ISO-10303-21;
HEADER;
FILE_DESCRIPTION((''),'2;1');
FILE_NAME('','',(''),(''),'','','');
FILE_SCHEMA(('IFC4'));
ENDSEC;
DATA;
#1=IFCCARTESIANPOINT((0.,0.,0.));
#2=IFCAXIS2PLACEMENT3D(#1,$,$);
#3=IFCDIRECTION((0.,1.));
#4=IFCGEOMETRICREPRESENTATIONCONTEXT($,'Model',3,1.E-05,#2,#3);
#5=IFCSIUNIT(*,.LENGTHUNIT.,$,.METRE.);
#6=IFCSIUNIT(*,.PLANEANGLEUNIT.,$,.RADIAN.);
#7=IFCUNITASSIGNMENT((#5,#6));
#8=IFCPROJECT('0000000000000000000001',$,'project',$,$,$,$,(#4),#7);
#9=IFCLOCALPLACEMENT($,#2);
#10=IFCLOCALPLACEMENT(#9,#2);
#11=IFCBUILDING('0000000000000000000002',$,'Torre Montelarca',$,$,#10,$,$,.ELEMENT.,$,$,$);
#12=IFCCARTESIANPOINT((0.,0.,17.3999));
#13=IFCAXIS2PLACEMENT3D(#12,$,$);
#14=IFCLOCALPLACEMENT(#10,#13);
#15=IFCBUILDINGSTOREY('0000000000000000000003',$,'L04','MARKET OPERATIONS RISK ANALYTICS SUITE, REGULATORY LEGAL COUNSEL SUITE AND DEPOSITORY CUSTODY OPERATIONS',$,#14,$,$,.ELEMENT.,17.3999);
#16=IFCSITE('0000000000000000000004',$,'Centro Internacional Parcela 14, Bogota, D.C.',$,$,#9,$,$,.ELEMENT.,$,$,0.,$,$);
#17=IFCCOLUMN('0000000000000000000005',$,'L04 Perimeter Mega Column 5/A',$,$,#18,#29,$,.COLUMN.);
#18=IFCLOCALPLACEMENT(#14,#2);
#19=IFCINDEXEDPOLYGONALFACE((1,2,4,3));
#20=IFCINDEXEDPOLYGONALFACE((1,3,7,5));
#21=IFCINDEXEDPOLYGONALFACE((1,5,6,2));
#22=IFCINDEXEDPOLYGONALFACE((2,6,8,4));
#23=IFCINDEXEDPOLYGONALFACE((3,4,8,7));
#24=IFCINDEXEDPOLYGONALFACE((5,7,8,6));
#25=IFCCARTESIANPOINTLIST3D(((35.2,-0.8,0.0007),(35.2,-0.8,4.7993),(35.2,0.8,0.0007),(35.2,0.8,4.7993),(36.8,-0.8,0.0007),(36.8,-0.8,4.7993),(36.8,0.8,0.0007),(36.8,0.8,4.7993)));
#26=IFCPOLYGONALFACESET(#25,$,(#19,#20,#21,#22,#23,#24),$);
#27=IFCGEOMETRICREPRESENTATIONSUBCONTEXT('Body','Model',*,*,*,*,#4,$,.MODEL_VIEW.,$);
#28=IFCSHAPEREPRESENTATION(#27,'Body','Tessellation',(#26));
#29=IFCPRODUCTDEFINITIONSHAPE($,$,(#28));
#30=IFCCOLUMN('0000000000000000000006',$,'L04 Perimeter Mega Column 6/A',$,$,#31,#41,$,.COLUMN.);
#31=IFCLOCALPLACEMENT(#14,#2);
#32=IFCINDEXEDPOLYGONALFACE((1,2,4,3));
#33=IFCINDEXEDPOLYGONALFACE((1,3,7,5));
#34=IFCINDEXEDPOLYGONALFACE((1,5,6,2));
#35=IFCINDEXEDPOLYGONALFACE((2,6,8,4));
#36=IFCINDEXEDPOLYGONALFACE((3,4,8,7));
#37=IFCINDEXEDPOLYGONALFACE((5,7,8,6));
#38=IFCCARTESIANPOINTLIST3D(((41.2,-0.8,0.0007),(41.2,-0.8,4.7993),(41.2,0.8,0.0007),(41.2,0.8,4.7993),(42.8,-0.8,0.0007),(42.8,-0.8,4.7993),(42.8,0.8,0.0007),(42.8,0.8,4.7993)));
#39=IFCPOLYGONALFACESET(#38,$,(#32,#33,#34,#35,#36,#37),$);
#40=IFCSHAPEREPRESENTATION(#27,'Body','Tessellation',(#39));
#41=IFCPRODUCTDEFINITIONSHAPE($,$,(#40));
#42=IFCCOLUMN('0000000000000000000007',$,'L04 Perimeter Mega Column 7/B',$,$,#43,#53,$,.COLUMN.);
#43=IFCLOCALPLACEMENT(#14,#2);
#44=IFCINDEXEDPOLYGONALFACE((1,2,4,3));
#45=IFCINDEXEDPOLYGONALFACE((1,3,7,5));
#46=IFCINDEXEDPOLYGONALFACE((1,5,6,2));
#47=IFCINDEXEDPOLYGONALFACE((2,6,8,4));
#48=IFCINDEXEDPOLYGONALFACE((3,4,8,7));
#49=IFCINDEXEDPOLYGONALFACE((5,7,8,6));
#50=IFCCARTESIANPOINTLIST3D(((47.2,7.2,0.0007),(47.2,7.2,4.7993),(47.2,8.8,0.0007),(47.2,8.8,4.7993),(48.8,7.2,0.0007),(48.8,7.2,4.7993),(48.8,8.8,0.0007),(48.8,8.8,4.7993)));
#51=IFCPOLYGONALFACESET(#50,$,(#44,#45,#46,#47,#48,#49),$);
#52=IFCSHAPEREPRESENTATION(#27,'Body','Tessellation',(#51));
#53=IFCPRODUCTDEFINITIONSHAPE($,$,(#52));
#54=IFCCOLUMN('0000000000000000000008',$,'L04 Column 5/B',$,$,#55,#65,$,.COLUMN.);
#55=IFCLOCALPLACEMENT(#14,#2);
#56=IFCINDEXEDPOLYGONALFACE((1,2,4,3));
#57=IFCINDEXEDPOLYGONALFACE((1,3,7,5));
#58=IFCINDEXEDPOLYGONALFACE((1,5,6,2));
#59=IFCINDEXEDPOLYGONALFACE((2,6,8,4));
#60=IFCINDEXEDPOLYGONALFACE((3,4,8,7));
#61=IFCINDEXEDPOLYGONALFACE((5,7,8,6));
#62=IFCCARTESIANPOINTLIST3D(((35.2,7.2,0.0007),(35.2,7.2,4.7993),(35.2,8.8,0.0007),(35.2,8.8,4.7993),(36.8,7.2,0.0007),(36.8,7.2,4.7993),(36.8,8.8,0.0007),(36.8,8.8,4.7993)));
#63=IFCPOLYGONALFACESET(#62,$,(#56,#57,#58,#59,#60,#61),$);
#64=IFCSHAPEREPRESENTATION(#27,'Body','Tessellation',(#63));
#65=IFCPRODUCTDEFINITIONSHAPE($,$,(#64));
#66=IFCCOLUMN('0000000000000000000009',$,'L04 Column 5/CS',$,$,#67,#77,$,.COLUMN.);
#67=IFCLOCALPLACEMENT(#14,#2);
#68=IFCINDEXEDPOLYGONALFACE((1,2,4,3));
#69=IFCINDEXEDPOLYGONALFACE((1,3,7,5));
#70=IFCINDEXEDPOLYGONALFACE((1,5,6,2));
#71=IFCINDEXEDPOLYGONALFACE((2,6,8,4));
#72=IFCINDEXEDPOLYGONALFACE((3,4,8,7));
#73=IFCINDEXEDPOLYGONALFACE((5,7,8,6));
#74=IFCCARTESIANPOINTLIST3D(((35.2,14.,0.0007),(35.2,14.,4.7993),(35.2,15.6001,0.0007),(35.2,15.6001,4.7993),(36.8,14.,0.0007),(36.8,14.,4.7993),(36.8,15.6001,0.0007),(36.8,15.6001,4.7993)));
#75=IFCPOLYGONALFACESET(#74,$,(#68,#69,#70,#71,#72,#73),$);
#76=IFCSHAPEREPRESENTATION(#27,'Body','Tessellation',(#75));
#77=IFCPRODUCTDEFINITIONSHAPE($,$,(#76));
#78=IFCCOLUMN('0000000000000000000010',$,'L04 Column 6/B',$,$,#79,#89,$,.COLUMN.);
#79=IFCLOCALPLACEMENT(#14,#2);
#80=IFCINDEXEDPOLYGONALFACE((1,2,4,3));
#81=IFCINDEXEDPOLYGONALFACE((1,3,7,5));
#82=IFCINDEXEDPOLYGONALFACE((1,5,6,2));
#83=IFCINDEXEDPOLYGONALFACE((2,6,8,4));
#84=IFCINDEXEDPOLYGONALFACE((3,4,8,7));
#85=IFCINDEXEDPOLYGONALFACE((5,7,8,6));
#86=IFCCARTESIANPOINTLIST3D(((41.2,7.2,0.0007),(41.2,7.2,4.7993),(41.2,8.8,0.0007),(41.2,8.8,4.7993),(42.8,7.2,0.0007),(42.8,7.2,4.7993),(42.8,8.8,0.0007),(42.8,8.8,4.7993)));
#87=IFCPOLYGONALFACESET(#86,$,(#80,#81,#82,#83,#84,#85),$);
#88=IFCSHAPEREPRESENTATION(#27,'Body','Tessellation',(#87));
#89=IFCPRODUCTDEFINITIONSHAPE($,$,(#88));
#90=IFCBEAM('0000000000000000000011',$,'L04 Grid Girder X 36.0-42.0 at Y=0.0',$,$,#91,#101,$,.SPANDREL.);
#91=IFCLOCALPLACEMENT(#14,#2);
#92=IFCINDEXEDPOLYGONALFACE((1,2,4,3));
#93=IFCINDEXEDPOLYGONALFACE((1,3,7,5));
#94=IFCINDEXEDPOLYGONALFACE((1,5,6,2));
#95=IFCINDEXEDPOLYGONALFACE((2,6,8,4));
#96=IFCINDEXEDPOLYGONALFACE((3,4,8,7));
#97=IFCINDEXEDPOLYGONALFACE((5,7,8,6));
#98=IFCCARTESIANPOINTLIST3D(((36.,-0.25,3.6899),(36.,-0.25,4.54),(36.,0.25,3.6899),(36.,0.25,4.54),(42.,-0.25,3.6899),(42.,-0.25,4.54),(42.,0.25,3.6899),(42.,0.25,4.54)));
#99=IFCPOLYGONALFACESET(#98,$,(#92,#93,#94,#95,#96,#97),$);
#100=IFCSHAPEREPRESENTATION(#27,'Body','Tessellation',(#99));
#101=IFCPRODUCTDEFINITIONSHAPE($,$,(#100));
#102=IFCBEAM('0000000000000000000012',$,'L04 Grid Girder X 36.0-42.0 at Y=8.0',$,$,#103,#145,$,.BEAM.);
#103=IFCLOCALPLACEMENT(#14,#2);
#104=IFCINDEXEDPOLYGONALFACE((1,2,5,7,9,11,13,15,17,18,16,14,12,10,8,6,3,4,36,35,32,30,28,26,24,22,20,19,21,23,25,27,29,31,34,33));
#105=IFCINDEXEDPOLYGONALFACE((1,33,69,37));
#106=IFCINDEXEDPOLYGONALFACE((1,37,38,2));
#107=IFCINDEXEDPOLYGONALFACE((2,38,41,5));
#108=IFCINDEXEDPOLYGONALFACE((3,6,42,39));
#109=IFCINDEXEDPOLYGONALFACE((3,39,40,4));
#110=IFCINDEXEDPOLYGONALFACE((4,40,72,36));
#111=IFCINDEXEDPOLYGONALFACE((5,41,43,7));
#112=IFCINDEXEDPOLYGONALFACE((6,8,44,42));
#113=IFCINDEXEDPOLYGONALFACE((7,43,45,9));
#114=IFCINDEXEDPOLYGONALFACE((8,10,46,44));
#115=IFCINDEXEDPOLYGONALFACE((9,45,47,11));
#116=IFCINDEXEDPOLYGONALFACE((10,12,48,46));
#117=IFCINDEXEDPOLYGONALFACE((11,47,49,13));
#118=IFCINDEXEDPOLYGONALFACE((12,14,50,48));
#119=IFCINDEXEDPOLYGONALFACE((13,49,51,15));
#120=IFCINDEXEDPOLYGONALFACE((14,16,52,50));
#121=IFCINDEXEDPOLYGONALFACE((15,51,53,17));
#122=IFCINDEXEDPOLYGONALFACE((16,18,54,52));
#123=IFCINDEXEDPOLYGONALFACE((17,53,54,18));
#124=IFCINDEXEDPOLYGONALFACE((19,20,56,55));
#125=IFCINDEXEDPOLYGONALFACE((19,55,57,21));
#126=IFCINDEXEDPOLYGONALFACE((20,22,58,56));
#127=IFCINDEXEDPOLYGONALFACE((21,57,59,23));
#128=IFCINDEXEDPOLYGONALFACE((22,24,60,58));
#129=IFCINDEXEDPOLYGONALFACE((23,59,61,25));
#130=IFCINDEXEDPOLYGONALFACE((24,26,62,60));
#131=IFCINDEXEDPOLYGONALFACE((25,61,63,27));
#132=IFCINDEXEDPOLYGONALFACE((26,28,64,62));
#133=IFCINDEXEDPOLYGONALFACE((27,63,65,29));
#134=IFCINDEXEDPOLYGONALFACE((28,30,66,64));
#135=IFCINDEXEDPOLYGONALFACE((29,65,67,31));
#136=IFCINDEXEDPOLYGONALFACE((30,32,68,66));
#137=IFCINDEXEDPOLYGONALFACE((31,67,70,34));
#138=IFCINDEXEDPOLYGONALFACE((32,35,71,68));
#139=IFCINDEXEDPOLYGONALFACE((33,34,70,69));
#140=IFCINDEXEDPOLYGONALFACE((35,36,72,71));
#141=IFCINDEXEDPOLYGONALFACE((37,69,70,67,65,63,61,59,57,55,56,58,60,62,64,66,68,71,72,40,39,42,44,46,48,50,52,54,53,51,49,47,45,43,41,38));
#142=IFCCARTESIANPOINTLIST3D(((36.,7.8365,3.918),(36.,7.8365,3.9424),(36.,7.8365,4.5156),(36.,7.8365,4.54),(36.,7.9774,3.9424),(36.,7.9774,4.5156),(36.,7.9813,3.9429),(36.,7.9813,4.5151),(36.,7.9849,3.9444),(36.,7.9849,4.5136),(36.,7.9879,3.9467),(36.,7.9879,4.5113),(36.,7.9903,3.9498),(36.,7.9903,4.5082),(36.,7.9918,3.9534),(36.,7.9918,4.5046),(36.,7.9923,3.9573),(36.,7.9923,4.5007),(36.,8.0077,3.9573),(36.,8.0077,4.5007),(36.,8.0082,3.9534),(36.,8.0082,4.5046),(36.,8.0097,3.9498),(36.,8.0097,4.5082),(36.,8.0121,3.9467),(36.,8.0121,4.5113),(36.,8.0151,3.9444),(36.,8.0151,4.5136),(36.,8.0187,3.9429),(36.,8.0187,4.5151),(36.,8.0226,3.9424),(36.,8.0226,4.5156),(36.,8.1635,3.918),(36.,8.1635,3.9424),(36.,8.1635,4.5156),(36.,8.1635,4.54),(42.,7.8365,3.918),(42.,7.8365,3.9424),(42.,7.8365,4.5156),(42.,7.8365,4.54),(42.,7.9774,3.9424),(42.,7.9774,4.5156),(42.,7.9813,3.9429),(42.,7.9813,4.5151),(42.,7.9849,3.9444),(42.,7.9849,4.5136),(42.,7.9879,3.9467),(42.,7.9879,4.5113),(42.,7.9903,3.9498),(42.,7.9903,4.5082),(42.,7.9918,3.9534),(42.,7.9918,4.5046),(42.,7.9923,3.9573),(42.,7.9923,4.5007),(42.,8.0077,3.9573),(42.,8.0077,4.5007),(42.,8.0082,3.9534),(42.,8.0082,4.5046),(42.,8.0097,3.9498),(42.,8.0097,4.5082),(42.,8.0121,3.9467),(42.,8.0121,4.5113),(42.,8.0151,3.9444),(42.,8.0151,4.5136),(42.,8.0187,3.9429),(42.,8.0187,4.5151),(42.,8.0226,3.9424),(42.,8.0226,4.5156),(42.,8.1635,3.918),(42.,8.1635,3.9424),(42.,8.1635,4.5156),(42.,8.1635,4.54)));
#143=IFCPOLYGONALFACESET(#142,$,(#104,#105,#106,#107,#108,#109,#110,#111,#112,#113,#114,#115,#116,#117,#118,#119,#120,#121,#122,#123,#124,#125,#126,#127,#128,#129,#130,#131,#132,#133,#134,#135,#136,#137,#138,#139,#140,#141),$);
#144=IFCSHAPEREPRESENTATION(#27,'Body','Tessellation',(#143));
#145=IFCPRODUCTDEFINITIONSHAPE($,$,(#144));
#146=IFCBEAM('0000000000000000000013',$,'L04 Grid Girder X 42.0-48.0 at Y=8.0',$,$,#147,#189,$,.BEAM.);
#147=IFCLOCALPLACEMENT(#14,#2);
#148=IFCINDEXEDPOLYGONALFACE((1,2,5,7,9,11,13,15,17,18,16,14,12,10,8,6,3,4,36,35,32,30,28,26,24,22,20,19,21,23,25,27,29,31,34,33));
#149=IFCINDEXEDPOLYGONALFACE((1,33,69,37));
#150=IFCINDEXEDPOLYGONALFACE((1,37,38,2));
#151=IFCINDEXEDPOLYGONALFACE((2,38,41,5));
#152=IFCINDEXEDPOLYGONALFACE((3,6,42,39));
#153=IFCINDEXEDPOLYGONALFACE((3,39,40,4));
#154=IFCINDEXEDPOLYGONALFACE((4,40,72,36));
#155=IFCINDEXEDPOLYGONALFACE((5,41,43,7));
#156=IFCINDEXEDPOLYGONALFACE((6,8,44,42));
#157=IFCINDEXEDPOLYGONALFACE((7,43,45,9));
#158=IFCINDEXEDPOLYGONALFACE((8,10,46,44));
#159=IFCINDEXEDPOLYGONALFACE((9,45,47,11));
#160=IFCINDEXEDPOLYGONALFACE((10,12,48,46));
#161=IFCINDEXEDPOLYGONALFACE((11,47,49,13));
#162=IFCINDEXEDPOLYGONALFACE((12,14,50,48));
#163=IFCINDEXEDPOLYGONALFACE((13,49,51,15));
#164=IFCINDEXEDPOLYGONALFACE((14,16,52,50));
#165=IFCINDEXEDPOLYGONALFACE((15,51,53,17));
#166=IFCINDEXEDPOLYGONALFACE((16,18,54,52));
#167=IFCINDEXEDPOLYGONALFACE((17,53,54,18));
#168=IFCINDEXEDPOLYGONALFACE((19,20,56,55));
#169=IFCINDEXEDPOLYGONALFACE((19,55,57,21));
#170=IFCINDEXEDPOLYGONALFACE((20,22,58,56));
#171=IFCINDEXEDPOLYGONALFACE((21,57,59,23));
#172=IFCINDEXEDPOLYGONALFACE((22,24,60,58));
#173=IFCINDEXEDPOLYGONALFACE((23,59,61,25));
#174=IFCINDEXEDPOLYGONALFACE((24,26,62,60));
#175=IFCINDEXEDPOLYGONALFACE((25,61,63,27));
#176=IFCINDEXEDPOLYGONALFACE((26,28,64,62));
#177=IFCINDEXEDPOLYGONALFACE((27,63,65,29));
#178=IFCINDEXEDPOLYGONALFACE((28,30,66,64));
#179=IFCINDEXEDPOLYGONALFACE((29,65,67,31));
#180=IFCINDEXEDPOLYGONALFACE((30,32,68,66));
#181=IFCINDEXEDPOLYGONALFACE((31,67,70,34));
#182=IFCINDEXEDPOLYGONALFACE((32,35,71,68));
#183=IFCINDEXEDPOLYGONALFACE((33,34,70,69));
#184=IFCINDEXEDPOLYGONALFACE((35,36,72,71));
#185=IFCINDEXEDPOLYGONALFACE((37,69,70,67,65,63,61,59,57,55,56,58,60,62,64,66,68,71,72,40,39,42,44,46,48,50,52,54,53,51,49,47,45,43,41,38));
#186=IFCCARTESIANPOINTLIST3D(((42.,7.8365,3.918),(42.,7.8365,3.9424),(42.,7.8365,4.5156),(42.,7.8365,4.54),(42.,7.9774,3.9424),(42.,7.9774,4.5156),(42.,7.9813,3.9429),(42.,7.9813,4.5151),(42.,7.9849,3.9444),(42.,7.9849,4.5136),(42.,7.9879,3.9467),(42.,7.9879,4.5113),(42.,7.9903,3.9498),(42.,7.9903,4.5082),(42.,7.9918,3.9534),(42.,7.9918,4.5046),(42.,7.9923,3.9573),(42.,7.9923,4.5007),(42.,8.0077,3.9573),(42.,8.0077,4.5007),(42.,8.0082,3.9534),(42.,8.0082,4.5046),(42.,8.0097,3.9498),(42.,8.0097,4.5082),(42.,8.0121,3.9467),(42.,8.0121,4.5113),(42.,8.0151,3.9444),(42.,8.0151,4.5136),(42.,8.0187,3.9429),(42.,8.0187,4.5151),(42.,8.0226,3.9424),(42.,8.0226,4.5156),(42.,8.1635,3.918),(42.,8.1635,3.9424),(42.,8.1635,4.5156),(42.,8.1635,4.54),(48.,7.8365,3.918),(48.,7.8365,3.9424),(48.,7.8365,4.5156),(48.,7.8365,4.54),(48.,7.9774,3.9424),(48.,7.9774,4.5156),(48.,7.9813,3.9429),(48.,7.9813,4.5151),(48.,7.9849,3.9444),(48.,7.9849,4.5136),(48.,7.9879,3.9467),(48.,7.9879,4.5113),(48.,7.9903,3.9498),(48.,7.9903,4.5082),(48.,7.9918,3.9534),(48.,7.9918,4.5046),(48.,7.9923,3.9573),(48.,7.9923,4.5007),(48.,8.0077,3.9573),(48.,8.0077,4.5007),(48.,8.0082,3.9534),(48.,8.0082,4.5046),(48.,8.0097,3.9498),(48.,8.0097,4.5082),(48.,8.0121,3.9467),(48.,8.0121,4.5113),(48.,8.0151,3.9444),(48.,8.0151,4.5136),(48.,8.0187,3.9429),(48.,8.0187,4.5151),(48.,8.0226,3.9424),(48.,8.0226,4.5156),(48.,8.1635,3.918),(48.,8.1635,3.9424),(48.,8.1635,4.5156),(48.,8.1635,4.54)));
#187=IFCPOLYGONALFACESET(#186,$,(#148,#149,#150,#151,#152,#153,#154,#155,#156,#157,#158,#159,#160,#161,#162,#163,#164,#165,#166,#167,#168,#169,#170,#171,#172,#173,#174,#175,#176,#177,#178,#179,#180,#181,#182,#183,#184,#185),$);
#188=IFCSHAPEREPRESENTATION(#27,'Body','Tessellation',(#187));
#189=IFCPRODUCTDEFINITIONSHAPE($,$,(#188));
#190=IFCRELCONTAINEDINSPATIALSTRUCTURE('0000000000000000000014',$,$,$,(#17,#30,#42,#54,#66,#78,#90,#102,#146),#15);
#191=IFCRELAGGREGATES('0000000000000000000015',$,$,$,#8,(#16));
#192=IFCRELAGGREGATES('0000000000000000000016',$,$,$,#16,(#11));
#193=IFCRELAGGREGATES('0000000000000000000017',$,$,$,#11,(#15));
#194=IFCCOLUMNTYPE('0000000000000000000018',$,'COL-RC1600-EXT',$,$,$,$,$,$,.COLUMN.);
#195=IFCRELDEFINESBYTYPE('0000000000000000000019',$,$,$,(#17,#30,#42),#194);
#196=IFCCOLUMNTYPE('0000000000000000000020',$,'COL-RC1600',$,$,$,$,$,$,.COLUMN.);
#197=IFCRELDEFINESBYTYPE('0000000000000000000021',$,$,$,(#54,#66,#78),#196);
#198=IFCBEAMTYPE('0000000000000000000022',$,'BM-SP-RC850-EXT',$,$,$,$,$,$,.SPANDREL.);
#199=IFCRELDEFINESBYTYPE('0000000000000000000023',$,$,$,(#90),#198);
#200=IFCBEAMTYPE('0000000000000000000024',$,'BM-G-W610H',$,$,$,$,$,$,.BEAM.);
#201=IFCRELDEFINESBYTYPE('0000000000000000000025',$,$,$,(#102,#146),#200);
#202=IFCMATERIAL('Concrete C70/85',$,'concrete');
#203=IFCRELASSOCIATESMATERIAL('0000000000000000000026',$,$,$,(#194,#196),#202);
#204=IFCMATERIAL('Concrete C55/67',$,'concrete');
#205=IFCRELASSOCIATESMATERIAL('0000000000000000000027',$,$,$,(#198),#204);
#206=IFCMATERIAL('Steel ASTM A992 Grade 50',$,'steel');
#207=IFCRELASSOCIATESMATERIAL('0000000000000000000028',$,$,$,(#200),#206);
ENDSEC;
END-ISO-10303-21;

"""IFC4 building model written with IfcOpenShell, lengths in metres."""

from ifc_helpers import new_model, si_unit, direction, frame, origin, origin_2d, place, context, subcontext, project, spatial, rectangle, i_section, extrude, source, transform, mapped, material, material_profile, profile_set, type_object, element, save


model = new_model("IFC4")

# Units and contexts
model_context = context("Model", 3, precision=1e-05, world=origin(), true_north=direction((0.0, 1.0)))
body_context = subcontext(model_context, "Body", "Model", "MODEL_VIEW")
ifc_project = project(units=[si_unit("LENGTHUNIT", "METRE"), si_unit("PLANEANGLEUNIT", "RADIAN")], contexts=[model_context])

# Site, building, storey
site_placement = place(None, origin())
site = spatial("IfcSite", under=ifc_project, at=site_placement, Name="Centro Internacional Parcela 14, Bogota, D.C.", CompositionType="ELEMENT", RefElevation=0.0)
building_placement = place(site_placement, origin())
building = spatial("IfcBuilding", under=site, at=building_placement, Name="Torre Montelarca", CompositionType="ELEMENT")
storey_placement = place(building_placement, frame((0.0, 0.0, 17.3999)))
storey = spatial("IfcBuildingStorey", under=building, at=storey_placement, Name="L04", Description="MARKET OPERATIONS RISK ANALYTICS SUITE, REGULATORY LEGAL COUNSEL SUITE AND DEPOSITORY CUSTODY OPERATIONS", CompositionType="ELEMENT", Elevation=17.3999)

# Columns
ifc_material_1 = material(Name="Concrete C70/85", Category="concrete")
ifc_material_profile_1 = material_profile(ifc_material_1, rectangle(XDim=1.6001, YDim=1.6001, at=origin_2d()), Name="RC1600X1600", Category="concrete")
ifc_profile_set_1 = profile_set([ifc_material_profile_1], Name="Concrete C70/85")
column_type_1 = type_object("IfcColumnType", Name="COL-RC1600-EXT", PredefinedType="COLUMN", material=ifc_profile_set_1)
shared_shape_1 = source(origin(), body_context, "Body", "SweptSolid", [
    extrude(rectangle(XDim=1.6001, YDim=1.6001, at=origin_2d()), origin(), (0.0, 0.0, 1.0), 4.7986),
])
for number, where, z_axis, x_axis, name in (
    (1, (36.0, 0.0, 0.0007), (0.0, 0.0, 1.0), (1.0, 0.0, 0.0), "L04 Perimeter Mega Column 5/A"),
    (2, (42.0, 0.0, 0.0007), (0.0, 0.0, 1.0), (1.0, 0.0, 0.0), "L04 Perimeter Mega Column 6/A"),
    (3, (48.0, 8.0, 0.0007), (0.0, 0.0, 1.0), (1.0, 0.0, 0.0), "L04 Perimeter Mega Column 7/B"),
):
    element("IfcColumn", number, at=place(storey_placement, frame(where, z_axis=z_axis, x_axis=x_axis)), inside=storey, type_object=column_type_1, Name=name, PredefinedType="COLUMN", context=body_context, shape_type="MappedRepresentation", body=[
        mapped(shared_shape_1, transform((0.0, 0.0, 0.0), scale=1.0)),
    ])
ifc_material_profile_2 = material_profile(ifc_material_1, rectangle(XDim=1.6001, YDim=1.6001, at=origin_2d()), Name="RC1600X1600", Category="concrete")
ifc_profile_set_2 = profile_set([ifc_material_profile_2], Name="Concrete C70/85")
column_type_2 = type_object("IfcColumnType", Name="COL-RC1600", PredefinedType="COLUMN", material=ifc_profile_set_2)
shared_shape_2 = source(origin(), body_context, "Body", "SweptSolid", [
    extrude(rectangle(XDim=1.6001, YDim=1.6001, at=origin_2d()), origin(), (0.0, 0.0, 1.0), 4.7986),
])
for number, where, z_axis, x_axis, name in (
    (4, (36.0, 8.0, 0.0007), (0.0, 0.0, 1.0), (1.0, 0.0, 0.0), "L04 Column 5/B"),
    (5, (36.0, 14.8, 0.0007), (0.0, 0.0, 1.0), (1.0, 0.0, 0.0), "L04 Column 5/CS"),
    (6, (42.0, 8.0, 0.0007), (0.0, 0.0, 1.0), (1.0, 0.0, 0.0), "L04 Column 6/B"),
):
    element("IfcColumn", number, at=place(storey_placement, frame(where, z_axis=z_axis, x_axis=x_axis)), inside=storey, type_object=column_type_2, Name=name, PredefinedType="COLUMN", context=body_context, shape_type="MappedRepresentation", body=[
        mapped(shared_shape_2, transform((0.0, 0.0, 0.0), scale=1.0)),
    ])

# Beams
ifc_material_2 = material(Name="Concrete C55/67", Category="concrete")
ifc_material_profile_3 = material_profile(ifc_material_2, rectangle(XDim=0.5, YDim=0.8501, at=origin_2d()), Name="RCB500X850", Category="concrete")
ifc_profile_set_3 = profile_set([ifc_material_profile_3], Name="Concrete C55/67")
beam_type_1 = type_object("IfcBeamType", Name="BM-SP-RC850-EXT", PredefinedType="SPANDREL", material=ifc_profile_set_3)
shared_shape_3 = source(origin(), body_context, "Body", "SweptSolid", [
    extrude(rectangle(XDim=0.5, YDim=0.8501, at=origin_2d()), origin(), (0.0, 0.0, 1.0), 6.0),
])
beam_1_placement = place(storey_placement, frame((36.0, 0.0, 4.115), z_axis=(1.0, 0.0, 0.0), x_axis=(0.0, 1.0, 0.0)))
element("IfcBeam", 7, at=beam_1_placement, inside=storey, type_object=beam_type_1, Name="L04 Grid Girder X 36.0-42.0 at Y=0.0", PredefinedType="SPANDREL", context=body_context, shape_type="MappedRepresentation", body=[
    mapped(shared_shape_3, transform((0.0, 0.0, 0.0), scale=1.0)),
])
ifc_material_3 = material(Name="Steel ASTM A992 Grade 50", Category="steel")
ifc_material_profile_4 = material_profile(ifc_material_3, i_section(OverallWidth=0.3269, OverallDepth=0.6221, WebThickness=0.0154, FlangeThickness=0.0244, FilletRadius=0.0149, at=origin_2d()), Name="W610X195", Category="steel")
ifc_profile_set_4 = profile_set([ifc_material_profile_4], Name="Steel ASTM A992 Grade 50")
beam_type_2 = type_object("IfcBeamType", Name="BM-G-W610H", PredefinedType="BEAM", material=ifc_profile_set_4)
shared_shape_4 = source(origin(), body_context, "Body", "SweptSolid", [
    extrude(i_section(OverallWidth=0.3269, OverallDepth=0.6221, WebThickness=0.0154, FlangeThickness=0.0244, FilletRadius=0.0149, at=origin_2d()), origin(), (0.0, 0.0, 1.0), 6.0),
])
for number, where, z_axis, x_axis, name in (
    (8, (36.0, 8.0, 4.229), (1.0, 0.0, 0.0), (0.0, 1.0, 0.0), "L04 Grid Girder X 36.0-42.0 at Y=8.0"),
    (9, (42.0, 8.0, 4.229), (1.0, 0.0, 0.0), (0.0, 1.0, 0.0), "L04 Grid Girder X 42.0-48.0 at Y=8.0"),
):
    element("IfcBeam", number, at=place(storey_placement, frame(where, z_axis=z_axis, x_axis=x_axis)), inside=storey, type_object=beam_type_2, Name=name, PredefinedType="BEAM", context=body_context, shape_type="MappedRepresentation", body=[
        mapped(shared_shape_4, transform((0.0, 0.0, 0.0), scale=1.0)),
    ])

save(model, "model.ifc")
